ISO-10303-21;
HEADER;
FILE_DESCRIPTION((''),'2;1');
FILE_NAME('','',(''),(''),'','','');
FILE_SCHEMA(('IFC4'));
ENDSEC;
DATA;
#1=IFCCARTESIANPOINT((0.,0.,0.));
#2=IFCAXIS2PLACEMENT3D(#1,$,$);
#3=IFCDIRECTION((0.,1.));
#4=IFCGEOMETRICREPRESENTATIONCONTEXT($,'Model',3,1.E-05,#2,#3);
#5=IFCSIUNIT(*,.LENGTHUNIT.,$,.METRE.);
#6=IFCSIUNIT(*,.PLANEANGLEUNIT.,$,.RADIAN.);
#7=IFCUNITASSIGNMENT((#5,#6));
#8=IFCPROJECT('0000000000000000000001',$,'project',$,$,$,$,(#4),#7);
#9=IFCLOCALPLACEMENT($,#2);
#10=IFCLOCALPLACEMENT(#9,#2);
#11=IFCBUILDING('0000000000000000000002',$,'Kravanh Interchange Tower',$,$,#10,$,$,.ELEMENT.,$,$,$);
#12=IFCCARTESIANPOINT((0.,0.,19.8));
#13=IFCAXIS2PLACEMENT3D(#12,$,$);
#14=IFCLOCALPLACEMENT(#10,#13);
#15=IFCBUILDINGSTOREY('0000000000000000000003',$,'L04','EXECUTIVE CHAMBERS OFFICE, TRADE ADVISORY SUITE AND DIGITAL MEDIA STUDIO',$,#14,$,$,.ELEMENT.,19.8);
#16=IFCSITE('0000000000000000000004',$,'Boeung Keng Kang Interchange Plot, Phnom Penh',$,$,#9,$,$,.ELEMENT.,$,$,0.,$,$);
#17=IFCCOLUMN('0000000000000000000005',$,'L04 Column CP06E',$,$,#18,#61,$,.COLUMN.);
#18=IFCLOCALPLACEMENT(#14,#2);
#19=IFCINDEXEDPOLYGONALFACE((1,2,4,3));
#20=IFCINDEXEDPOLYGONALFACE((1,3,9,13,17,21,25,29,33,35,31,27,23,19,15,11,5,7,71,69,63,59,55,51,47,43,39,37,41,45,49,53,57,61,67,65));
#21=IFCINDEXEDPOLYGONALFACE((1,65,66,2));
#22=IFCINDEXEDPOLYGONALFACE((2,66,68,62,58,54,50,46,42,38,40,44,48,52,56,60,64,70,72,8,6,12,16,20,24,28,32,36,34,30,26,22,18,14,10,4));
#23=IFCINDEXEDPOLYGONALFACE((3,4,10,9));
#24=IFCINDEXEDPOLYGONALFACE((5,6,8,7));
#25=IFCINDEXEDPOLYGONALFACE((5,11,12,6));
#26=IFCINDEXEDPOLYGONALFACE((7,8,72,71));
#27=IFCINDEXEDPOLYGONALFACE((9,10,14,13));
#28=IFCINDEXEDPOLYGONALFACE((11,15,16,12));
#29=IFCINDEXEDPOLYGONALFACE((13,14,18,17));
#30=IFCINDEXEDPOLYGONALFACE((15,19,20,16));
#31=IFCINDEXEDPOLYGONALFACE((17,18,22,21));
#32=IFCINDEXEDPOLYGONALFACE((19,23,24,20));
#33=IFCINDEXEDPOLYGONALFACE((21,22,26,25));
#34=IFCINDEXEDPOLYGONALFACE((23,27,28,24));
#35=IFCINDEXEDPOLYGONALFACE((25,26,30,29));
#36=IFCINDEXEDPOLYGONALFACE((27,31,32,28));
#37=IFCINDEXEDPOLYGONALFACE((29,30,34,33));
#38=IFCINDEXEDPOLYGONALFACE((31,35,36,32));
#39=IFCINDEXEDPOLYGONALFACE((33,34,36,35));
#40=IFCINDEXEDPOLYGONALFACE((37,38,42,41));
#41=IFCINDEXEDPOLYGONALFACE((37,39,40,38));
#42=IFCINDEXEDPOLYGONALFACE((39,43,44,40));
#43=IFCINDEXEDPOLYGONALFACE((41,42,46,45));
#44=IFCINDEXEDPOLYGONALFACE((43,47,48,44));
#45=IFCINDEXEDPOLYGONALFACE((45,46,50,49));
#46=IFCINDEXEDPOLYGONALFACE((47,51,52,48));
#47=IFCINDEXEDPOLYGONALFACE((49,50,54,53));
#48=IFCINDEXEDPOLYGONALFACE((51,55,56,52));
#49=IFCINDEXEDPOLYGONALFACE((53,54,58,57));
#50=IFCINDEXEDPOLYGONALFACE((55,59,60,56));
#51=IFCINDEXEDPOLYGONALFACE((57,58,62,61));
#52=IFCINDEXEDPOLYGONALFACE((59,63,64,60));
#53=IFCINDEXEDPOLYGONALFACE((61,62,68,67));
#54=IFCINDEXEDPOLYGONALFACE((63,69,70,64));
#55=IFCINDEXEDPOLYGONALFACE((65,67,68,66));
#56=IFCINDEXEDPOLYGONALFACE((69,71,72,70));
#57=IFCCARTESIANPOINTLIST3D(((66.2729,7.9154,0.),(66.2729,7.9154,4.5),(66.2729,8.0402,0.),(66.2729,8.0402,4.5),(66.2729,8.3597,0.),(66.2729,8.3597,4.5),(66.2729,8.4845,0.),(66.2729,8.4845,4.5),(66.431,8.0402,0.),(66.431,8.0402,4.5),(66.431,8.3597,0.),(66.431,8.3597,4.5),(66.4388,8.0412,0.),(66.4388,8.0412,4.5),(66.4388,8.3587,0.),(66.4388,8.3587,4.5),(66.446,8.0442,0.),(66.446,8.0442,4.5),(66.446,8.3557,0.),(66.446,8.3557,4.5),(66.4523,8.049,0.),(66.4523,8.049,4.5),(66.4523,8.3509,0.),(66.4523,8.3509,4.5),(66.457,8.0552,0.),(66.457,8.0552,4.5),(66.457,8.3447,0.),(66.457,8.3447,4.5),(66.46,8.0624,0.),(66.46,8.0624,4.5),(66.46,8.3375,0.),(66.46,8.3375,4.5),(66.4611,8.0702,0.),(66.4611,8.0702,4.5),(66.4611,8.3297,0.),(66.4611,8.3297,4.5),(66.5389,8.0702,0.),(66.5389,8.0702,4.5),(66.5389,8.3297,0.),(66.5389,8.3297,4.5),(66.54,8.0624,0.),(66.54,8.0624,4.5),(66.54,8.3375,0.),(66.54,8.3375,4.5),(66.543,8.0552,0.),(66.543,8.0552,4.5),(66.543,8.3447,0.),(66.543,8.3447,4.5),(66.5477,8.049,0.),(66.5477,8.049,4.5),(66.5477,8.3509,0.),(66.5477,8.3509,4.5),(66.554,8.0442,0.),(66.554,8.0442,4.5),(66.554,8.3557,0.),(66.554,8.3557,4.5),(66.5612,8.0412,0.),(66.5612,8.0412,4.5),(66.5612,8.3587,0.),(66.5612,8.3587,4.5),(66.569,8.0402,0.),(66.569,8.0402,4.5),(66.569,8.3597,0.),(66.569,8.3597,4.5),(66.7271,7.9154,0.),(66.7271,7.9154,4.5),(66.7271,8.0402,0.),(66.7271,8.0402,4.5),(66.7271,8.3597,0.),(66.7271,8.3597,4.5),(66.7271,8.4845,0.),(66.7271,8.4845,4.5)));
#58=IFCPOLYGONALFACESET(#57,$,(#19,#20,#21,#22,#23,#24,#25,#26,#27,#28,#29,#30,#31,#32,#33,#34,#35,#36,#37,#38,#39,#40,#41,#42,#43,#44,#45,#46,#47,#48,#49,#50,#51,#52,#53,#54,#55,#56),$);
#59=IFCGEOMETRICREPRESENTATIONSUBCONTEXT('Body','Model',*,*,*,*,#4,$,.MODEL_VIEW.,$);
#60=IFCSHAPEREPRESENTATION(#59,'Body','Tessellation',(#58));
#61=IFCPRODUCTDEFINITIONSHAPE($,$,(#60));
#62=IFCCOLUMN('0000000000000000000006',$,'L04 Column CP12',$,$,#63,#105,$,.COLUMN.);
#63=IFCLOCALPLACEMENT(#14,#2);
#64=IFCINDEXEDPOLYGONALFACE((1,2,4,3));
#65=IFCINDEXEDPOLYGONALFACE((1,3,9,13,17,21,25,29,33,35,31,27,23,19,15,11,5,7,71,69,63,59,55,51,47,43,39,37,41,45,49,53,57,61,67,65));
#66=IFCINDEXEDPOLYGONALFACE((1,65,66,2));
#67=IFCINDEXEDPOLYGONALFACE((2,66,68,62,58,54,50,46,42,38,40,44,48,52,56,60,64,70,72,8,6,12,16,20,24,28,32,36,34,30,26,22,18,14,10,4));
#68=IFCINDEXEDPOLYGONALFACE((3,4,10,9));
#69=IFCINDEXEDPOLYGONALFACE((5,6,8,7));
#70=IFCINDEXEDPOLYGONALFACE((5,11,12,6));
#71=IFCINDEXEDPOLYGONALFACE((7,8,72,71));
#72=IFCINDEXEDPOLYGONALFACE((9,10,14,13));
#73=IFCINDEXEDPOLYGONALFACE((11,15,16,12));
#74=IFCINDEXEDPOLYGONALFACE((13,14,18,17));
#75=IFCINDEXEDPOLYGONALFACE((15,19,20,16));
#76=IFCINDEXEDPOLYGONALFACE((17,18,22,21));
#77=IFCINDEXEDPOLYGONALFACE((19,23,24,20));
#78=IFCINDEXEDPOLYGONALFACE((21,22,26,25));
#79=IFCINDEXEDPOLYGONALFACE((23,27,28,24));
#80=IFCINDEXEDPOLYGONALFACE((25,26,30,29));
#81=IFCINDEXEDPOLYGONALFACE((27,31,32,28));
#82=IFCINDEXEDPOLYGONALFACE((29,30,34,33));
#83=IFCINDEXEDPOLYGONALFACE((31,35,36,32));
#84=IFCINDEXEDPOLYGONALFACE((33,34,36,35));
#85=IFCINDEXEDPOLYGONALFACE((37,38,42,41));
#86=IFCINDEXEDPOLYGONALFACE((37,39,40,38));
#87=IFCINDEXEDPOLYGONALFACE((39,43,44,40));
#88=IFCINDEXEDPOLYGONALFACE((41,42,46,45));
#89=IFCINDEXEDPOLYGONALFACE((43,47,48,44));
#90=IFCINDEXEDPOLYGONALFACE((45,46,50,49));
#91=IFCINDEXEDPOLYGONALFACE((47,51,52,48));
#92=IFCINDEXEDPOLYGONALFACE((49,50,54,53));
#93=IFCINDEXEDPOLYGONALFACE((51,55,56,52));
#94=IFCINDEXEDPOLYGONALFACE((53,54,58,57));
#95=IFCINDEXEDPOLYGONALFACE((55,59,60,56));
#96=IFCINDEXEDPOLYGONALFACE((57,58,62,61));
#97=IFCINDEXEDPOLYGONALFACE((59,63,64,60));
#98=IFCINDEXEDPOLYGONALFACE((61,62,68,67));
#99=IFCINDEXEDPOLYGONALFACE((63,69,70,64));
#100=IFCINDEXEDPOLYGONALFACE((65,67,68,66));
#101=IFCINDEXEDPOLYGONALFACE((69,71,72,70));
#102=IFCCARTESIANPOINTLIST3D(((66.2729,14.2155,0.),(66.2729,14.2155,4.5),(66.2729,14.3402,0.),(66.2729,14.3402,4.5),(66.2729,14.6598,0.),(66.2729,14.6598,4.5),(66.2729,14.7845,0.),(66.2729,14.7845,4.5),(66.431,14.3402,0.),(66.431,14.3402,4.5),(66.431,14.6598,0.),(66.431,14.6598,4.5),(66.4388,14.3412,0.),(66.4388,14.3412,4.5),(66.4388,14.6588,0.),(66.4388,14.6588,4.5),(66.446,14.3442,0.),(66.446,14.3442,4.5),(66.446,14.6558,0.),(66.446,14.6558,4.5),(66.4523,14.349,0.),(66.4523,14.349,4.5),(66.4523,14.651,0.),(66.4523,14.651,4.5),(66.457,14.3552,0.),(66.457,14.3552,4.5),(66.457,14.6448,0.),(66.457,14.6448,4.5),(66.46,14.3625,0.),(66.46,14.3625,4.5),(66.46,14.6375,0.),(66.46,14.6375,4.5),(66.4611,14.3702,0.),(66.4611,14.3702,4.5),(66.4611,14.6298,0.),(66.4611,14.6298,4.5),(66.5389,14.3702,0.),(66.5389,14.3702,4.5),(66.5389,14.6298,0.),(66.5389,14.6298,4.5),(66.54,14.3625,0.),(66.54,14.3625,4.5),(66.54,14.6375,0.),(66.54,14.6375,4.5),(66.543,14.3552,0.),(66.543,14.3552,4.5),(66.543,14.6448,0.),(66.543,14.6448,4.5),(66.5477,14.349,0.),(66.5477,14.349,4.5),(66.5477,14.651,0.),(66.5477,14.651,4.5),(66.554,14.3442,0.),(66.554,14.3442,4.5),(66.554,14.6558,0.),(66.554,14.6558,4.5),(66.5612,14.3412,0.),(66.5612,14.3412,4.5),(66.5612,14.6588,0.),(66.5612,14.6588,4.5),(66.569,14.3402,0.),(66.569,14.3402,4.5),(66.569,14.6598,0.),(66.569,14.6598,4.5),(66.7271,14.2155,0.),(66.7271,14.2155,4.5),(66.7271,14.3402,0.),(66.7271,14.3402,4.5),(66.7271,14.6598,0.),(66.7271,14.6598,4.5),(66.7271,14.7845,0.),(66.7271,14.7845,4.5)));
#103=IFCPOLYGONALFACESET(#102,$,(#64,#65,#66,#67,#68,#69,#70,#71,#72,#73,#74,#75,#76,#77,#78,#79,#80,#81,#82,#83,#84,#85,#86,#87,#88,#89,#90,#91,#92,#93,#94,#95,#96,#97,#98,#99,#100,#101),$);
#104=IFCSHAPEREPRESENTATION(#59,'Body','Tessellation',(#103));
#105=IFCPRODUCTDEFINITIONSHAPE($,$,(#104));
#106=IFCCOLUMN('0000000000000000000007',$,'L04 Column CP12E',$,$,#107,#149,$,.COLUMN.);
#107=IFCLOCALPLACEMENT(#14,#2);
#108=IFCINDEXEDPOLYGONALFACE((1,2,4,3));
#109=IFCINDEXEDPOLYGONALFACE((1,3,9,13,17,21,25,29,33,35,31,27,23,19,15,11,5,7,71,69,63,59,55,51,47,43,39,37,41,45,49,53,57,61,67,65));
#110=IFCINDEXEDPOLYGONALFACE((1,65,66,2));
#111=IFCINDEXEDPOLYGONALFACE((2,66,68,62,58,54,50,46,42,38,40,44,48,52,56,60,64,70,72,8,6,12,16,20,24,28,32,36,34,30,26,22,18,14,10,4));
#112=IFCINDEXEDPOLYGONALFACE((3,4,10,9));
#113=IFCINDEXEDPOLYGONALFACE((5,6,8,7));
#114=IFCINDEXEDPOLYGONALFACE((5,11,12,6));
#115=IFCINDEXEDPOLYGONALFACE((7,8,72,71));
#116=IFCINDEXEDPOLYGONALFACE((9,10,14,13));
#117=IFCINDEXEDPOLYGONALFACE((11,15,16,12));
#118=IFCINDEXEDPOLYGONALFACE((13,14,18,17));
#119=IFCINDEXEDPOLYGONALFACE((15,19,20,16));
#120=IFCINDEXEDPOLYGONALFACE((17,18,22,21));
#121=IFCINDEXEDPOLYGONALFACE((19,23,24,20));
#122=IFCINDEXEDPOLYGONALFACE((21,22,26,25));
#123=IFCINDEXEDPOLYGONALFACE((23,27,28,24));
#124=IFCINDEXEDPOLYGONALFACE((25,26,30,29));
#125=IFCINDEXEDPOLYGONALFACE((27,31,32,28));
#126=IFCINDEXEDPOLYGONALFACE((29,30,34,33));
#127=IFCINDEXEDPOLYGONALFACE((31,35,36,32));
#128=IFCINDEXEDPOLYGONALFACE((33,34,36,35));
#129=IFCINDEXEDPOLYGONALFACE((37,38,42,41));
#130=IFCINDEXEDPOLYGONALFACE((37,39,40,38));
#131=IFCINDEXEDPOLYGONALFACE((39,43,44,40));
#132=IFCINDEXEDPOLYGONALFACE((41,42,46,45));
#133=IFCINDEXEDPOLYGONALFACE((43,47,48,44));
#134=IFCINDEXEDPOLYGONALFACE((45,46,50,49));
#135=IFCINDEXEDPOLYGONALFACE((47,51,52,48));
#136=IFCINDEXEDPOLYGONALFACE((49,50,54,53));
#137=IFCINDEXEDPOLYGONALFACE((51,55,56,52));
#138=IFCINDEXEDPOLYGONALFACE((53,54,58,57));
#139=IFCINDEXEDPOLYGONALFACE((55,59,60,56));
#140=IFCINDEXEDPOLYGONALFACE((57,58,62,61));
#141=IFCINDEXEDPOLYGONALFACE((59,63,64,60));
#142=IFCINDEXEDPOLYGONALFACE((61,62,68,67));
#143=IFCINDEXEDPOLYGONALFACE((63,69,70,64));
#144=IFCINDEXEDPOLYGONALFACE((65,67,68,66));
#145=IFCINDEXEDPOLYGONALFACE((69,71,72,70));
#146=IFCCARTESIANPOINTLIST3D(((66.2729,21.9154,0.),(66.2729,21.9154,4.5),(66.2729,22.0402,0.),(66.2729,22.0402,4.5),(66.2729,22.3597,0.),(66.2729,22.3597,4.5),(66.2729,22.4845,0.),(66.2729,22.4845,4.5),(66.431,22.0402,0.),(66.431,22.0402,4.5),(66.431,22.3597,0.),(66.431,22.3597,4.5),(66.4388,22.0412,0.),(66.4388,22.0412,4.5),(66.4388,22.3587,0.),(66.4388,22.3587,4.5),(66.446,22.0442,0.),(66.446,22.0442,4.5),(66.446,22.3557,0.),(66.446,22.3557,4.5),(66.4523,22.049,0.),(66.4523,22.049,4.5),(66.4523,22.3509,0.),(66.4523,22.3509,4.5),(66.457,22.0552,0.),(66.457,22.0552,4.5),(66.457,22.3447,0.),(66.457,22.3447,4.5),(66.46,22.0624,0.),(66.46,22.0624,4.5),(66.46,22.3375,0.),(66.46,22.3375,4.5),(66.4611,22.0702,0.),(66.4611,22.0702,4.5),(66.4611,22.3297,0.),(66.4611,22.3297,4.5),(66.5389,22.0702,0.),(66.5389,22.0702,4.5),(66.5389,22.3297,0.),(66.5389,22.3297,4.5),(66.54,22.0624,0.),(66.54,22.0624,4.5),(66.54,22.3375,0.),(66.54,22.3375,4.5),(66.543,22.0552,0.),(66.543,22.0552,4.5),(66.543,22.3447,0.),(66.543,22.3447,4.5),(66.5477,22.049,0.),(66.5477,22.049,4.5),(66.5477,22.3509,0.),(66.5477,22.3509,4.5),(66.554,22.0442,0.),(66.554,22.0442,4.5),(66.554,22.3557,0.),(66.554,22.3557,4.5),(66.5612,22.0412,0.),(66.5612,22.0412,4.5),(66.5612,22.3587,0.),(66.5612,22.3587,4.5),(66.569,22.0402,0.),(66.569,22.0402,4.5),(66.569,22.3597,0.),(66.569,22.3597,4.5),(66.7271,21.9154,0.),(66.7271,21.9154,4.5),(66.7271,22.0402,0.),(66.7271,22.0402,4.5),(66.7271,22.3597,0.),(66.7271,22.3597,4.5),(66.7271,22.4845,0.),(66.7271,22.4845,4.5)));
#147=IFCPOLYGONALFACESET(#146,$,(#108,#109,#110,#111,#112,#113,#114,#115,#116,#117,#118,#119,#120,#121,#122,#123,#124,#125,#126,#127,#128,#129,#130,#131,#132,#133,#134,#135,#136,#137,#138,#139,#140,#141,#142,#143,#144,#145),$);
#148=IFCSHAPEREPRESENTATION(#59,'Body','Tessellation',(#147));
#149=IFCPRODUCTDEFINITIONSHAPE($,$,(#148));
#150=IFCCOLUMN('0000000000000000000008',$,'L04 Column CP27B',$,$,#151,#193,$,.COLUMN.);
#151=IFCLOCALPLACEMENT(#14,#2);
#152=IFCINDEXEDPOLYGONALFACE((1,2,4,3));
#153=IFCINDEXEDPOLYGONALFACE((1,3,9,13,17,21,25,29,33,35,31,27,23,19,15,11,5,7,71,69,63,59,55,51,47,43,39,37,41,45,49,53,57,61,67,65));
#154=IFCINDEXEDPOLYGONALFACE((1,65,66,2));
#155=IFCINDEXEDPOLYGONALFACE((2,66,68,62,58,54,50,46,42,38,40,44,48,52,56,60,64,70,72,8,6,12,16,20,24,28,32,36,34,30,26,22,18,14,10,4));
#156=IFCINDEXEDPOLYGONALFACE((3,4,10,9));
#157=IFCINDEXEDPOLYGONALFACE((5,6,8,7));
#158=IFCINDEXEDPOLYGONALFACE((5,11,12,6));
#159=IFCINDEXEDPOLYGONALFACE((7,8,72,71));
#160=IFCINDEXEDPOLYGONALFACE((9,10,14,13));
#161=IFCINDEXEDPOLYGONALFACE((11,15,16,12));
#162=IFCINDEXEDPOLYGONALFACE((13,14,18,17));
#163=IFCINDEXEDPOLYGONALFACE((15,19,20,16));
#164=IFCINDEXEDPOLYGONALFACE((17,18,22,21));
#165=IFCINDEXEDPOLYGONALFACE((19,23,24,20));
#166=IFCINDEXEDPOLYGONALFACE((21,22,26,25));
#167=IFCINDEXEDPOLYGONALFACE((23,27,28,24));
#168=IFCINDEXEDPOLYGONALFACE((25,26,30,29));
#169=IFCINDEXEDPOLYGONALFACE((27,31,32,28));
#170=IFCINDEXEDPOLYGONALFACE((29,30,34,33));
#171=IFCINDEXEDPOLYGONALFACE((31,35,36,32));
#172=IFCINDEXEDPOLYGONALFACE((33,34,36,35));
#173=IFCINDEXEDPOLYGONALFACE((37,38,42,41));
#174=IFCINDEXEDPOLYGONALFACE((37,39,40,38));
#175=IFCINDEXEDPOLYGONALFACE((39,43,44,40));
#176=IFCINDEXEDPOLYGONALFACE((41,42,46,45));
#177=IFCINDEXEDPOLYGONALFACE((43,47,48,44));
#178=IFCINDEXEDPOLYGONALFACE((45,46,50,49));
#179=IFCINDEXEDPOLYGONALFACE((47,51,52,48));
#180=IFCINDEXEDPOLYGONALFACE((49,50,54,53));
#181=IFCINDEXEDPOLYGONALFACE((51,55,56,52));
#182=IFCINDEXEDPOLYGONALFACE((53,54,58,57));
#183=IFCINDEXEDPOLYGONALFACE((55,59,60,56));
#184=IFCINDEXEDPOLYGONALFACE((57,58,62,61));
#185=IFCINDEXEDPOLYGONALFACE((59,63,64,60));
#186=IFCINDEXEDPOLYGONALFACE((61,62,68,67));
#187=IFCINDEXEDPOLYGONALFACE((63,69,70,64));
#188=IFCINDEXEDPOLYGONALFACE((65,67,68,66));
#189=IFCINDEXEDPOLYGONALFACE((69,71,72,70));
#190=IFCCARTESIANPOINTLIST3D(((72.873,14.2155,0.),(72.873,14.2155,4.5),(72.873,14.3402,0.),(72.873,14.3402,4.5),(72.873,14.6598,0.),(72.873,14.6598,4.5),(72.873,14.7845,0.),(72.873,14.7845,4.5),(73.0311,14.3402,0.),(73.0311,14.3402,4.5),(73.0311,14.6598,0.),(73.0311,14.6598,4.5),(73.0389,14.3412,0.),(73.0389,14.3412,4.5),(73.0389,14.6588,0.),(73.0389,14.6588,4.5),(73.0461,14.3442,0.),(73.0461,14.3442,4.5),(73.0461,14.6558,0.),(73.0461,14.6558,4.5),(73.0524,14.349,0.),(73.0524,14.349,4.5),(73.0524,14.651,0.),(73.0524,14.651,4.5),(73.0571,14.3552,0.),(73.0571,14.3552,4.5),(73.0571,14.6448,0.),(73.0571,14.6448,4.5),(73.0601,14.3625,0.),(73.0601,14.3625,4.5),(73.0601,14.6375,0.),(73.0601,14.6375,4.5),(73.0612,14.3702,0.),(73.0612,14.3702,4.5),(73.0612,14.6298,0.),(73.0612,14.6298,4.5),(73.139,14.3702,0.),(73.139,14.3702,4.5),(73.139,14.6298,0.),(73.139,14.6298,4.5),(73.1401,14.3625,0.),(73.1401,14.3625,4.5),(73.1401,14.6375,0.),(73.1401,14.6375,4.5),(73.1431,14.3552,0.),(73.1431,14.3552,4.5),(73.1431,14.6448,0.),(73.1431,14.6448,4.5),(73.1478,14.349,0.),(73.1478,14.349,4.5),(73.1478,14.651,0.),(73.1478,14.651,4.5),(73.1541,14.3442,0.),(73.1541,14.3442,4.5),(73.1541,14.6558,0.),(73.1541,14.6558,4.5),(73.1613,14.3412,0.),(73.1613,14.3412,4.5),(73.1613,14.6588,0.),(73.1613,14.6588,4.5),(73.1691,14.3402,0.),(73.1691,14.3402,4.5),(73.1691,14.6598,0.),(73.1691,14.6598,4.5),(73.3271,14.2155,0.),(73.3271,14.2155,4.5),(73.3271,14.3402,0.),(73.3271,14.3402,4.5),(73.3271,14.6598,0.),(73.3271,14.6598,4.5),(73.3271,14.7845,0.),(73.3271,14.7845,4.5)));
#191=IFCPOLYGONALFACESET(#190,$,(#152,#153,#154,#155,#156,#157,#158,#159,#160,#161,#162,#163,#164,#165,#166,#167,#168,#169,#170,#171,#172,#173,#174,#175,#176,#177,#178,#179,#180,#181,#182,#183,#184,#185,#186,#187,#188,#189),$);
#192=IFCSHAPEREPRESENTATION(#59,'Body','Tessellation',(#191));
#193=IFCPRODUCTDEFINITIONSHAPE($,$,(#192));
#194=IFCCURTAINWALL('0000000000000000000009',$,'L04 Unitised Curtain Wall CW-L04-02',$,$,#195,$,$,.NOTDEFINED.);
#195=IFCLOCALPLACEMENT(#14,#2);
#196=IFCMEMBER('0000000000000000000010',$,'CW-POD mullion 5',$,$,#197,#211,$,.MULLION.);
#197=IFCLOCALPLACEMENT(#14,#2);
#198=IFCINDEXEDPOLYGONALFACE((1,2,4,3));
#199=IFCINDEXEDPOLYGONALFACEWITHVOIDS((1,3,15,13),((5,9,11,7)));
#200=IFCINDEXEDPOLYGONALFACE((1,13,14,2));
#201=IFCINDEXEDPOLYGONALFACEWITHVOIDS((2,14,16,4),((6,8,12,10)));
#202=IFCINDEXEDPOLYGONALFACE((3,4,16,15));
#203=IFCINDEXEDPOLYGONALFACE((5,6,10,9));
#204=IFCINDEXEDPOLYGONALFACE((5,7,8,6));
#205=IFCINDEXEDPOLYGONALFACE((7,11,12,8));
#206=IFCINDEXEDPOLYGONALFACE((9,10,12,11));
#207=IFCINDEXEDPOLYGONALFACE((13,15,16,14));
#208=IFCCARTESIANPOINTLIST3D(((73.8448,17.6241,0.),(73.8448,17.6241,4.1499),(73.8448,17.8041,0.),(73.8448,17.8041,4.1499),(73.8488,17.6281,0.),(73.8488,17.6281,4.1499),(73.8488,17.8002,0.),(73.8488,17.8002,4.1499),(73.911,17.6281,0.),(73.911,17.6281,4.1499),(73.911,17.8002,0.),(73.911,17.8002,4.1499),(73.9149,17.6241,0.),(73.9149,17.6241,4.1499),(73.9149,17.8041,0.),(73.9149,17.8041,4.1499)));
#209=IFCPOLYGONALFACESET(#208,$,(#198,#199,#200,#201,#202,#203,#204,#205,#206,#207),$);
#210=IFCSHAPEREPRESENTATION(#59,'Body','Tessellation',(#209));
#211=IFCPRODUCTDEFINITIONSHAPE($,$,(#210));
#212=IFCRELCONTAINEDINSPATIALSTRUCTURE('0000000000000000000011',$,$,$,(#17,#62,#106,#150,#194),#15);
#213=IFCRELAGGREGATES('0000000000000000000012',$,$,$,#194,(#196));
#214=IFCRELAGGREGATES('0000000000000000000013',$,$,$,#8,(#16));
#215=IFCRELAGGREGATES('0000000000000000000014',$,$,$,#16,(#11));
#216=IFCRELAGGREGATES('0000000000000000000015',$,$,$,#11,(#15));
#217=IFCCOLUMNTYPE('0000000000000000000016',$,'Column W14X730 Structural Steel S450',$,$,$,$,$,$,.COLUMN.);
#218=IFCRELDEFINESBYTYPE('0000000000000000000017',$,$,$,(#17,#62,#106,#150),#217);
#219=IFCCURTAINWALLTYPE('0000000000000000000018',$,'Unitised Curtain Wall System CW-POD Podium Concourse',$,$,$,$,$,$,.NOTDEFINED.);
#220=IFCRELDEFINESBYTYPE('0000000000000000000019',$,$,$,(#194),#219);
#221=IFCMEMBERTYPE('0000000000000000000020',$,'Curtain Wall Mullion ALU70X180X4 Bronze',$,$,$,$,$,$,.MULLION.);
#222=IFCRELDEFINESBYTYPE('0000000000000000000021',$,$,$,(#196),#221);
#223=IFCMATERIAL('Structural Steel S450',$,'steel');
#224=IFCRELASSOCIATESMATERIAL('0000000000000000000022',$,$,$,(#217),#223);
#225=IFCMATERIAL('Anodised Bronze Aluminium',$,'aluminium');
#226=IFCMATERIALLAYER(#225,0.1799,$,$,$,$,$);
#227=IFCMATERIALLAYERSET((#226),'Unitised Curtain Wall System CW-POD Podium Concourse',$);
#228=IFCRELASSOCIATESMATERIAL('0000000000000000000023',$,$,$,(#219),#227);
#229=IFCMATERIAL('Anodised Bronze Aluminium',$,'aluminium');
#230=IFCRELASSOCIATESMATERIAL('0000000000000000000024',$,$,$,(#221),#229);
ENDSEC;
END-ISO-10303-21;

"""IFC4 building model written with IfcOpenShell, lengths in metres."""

from ifc_helpers import new_model, si_unit, direction, frame, origin, origin_2d, place, context, subcontext, project, spatial, hollow_rectangle, i_section, extrude, material, layer, layer_set, material_profile, profile_set, type_object, element, aggregate, save


model = new_model("IFC4")

# Units and contexts
model_context = context("Model", 3, precision=1e-05, world=origin(), true_north=direction((0.0, 1.0)))
body_context = subcontext(model_context, "Body", "Model", "MODEL_VIEW")
ifc_project = project(units=[si_unit("LENGTHUNIT", "METRE"), si_unit("PLANEANGLEUNIT", "RADIAN")], contexts=[model_context])

# Site, building, storey
site_placement = place(None, origin())
site = spatial("IfcSite", under=ifc_project, at=site_placement, Name="Boeung Keng Kang Interchange Plot, Phnom Penh", CompositionType="ELEMENT", RefElevation=0.0)
building_placement = place(site_placement, origin())
building = spatial("IfcBuilding", under=site, at=building_placement, Name="Kravanh Interchange Tower", CompositionType="ELEMENT")
storey_placement = place(building_placement, frame((0.0, 0.0, 19.8)))
storey = spatial("IfcBuildingStorey", under=building, at=storey_placement, Name="L04", Description="EXECUTIVE CHAMBERS OFFICE, TRADE ADVISORY SUITE AND DIGITAL MEDIA STUDIO", CompositionType="ELEMENT", Elevation=19.8)

# Columns
ifc_material_1 = material(Name="Structural Steel S450", Category="steel")
ifc_material_profile_1 = material_profile(ifc_material_1, i_section(OverallWidth=0.4541, OverallDepth=0.5691, WebThickness=0.0779, FlangeThickness=0.1248, FilletRadius=0.03, at=origin_2d()), Name="W14X730")
ifc_profile_set_1 = profile_set([ifc_material_profile_1], Name="Structural Steel S450")
column_type = type_object("IfcColumnType", Name="Column W14X730 Structural Steel S450", PredefinedType="COLUMN", material=ifc_profile_set_1)
for number, where, z_axis, x_axis, name in (
    (1, (66.5, 8.2, 0.0), (0.0, 0.0, 1.0), (1.0, 0.0, 0.0), "L04 Column CP06E"),
    (2, (66.5, 14.5, 0.0), (0.0, 0.0, 1.0), (1.0, 0.0, 0.0), "L04 Column CP12"),
    (3, (66.5, 22.2, 0.0), (0.0, 0.0, 1.0), (1.0, 0.0, 0.0), "L04 Column CP12E"),
    (4, (73.1001, 14.5, 0.0), (0.0, 0.0, 1.0), (1.0, 0.0, 0.0), "L04 Column CP27B"),
):
    element("IfcColumn", number, at=place(storey_placement, frame(where, z_axis=z_axis, x_axis=x_axis)), inside=storey, type_object=column_type, Name=name, PredefinedType="COLUMN", context=body_context, shape_type="SweptSolid", body=[
        extrude(i_section(OverallWidth=0.4541, OverallDepth=0.5691, WebThickness=0.0779, FlangeThickness=0.1248, FilletRadius=0.03, at=origin_2d()), origin(), (0.0, 0.0, 1.0), 4.5),
    ])

# Curtain wall, member
ifc_material_2 = material(Name="Anodised Bronze Aluminium", Category="aluminium")
ifc_layer_1 = layer(ifc_material_2, 0.1799)
ifc_layer_set_1 = layer_set([ifc_layer_1], Name="Unitised Curtain Wall System CW-POD Podium Concourse")
curtain_wall_type = type_object("IfcCurtainWallType", Name="Unitised Curtain Wall System CW-POD Podium Concourse", PredefinedType="NOTDEFINED", material=ifc_layer_set_1)
curtain_wall_placement = place(storey_placement, origin())
curtain_wall = element("IfcCurtainWall", 5, at=curtain_wall_placement, inside=storey, type_object=curtain_wall_type, Name="L04 Unitised Curtain Wall CW-L04-02", PredefinedType="NOTDEFINED")
ifc_material_3 = material(Name="Anodised Bronze Aluminium", Category="aluminium")
ifc_material_profile_2 = material_profile(ifc_material_3, hollow_rectangle(XDim=0.0701, YDim=0.1799, WallThickness=0.0039, at=origin_2d()), Name="ALU70X180X4")
ifc_profile_set_2 = profile_set([ifc_material_profile_2], Name="Anodised Bronze Aluminium")
member_type_1 = type_object("IfcMemberType", Name="Curtain Wall Mullion ALU70X180X4 Bronze", PredefinedType="MULLION", material=ifc_profile_set_2)
member_1_placement = place(storey_placement, frame((73.8799, 17.7141, 0.0), z_axis=(0.0, 0.0, 1.0), x_axis=(1.0, 0.0, 0.0)))
member_1 = element("IfcMember", 6, at=member_1_placement, type_object=member_type_1, Name="CW-POD mullion 5", PredefinedType="MULLION", context=body_context, shape_type="SweptSolid", body=[
    extrude(hollow_rectangle(XDim=0.0701, YDim=0.1799, WallThickness=0.0039, at=origin_2d()), origin(), (0.0, 0.0, 1.0), 4.1499),
])

aggregate(curtain_wall, [member_1])

save(model, "model.ifc")
